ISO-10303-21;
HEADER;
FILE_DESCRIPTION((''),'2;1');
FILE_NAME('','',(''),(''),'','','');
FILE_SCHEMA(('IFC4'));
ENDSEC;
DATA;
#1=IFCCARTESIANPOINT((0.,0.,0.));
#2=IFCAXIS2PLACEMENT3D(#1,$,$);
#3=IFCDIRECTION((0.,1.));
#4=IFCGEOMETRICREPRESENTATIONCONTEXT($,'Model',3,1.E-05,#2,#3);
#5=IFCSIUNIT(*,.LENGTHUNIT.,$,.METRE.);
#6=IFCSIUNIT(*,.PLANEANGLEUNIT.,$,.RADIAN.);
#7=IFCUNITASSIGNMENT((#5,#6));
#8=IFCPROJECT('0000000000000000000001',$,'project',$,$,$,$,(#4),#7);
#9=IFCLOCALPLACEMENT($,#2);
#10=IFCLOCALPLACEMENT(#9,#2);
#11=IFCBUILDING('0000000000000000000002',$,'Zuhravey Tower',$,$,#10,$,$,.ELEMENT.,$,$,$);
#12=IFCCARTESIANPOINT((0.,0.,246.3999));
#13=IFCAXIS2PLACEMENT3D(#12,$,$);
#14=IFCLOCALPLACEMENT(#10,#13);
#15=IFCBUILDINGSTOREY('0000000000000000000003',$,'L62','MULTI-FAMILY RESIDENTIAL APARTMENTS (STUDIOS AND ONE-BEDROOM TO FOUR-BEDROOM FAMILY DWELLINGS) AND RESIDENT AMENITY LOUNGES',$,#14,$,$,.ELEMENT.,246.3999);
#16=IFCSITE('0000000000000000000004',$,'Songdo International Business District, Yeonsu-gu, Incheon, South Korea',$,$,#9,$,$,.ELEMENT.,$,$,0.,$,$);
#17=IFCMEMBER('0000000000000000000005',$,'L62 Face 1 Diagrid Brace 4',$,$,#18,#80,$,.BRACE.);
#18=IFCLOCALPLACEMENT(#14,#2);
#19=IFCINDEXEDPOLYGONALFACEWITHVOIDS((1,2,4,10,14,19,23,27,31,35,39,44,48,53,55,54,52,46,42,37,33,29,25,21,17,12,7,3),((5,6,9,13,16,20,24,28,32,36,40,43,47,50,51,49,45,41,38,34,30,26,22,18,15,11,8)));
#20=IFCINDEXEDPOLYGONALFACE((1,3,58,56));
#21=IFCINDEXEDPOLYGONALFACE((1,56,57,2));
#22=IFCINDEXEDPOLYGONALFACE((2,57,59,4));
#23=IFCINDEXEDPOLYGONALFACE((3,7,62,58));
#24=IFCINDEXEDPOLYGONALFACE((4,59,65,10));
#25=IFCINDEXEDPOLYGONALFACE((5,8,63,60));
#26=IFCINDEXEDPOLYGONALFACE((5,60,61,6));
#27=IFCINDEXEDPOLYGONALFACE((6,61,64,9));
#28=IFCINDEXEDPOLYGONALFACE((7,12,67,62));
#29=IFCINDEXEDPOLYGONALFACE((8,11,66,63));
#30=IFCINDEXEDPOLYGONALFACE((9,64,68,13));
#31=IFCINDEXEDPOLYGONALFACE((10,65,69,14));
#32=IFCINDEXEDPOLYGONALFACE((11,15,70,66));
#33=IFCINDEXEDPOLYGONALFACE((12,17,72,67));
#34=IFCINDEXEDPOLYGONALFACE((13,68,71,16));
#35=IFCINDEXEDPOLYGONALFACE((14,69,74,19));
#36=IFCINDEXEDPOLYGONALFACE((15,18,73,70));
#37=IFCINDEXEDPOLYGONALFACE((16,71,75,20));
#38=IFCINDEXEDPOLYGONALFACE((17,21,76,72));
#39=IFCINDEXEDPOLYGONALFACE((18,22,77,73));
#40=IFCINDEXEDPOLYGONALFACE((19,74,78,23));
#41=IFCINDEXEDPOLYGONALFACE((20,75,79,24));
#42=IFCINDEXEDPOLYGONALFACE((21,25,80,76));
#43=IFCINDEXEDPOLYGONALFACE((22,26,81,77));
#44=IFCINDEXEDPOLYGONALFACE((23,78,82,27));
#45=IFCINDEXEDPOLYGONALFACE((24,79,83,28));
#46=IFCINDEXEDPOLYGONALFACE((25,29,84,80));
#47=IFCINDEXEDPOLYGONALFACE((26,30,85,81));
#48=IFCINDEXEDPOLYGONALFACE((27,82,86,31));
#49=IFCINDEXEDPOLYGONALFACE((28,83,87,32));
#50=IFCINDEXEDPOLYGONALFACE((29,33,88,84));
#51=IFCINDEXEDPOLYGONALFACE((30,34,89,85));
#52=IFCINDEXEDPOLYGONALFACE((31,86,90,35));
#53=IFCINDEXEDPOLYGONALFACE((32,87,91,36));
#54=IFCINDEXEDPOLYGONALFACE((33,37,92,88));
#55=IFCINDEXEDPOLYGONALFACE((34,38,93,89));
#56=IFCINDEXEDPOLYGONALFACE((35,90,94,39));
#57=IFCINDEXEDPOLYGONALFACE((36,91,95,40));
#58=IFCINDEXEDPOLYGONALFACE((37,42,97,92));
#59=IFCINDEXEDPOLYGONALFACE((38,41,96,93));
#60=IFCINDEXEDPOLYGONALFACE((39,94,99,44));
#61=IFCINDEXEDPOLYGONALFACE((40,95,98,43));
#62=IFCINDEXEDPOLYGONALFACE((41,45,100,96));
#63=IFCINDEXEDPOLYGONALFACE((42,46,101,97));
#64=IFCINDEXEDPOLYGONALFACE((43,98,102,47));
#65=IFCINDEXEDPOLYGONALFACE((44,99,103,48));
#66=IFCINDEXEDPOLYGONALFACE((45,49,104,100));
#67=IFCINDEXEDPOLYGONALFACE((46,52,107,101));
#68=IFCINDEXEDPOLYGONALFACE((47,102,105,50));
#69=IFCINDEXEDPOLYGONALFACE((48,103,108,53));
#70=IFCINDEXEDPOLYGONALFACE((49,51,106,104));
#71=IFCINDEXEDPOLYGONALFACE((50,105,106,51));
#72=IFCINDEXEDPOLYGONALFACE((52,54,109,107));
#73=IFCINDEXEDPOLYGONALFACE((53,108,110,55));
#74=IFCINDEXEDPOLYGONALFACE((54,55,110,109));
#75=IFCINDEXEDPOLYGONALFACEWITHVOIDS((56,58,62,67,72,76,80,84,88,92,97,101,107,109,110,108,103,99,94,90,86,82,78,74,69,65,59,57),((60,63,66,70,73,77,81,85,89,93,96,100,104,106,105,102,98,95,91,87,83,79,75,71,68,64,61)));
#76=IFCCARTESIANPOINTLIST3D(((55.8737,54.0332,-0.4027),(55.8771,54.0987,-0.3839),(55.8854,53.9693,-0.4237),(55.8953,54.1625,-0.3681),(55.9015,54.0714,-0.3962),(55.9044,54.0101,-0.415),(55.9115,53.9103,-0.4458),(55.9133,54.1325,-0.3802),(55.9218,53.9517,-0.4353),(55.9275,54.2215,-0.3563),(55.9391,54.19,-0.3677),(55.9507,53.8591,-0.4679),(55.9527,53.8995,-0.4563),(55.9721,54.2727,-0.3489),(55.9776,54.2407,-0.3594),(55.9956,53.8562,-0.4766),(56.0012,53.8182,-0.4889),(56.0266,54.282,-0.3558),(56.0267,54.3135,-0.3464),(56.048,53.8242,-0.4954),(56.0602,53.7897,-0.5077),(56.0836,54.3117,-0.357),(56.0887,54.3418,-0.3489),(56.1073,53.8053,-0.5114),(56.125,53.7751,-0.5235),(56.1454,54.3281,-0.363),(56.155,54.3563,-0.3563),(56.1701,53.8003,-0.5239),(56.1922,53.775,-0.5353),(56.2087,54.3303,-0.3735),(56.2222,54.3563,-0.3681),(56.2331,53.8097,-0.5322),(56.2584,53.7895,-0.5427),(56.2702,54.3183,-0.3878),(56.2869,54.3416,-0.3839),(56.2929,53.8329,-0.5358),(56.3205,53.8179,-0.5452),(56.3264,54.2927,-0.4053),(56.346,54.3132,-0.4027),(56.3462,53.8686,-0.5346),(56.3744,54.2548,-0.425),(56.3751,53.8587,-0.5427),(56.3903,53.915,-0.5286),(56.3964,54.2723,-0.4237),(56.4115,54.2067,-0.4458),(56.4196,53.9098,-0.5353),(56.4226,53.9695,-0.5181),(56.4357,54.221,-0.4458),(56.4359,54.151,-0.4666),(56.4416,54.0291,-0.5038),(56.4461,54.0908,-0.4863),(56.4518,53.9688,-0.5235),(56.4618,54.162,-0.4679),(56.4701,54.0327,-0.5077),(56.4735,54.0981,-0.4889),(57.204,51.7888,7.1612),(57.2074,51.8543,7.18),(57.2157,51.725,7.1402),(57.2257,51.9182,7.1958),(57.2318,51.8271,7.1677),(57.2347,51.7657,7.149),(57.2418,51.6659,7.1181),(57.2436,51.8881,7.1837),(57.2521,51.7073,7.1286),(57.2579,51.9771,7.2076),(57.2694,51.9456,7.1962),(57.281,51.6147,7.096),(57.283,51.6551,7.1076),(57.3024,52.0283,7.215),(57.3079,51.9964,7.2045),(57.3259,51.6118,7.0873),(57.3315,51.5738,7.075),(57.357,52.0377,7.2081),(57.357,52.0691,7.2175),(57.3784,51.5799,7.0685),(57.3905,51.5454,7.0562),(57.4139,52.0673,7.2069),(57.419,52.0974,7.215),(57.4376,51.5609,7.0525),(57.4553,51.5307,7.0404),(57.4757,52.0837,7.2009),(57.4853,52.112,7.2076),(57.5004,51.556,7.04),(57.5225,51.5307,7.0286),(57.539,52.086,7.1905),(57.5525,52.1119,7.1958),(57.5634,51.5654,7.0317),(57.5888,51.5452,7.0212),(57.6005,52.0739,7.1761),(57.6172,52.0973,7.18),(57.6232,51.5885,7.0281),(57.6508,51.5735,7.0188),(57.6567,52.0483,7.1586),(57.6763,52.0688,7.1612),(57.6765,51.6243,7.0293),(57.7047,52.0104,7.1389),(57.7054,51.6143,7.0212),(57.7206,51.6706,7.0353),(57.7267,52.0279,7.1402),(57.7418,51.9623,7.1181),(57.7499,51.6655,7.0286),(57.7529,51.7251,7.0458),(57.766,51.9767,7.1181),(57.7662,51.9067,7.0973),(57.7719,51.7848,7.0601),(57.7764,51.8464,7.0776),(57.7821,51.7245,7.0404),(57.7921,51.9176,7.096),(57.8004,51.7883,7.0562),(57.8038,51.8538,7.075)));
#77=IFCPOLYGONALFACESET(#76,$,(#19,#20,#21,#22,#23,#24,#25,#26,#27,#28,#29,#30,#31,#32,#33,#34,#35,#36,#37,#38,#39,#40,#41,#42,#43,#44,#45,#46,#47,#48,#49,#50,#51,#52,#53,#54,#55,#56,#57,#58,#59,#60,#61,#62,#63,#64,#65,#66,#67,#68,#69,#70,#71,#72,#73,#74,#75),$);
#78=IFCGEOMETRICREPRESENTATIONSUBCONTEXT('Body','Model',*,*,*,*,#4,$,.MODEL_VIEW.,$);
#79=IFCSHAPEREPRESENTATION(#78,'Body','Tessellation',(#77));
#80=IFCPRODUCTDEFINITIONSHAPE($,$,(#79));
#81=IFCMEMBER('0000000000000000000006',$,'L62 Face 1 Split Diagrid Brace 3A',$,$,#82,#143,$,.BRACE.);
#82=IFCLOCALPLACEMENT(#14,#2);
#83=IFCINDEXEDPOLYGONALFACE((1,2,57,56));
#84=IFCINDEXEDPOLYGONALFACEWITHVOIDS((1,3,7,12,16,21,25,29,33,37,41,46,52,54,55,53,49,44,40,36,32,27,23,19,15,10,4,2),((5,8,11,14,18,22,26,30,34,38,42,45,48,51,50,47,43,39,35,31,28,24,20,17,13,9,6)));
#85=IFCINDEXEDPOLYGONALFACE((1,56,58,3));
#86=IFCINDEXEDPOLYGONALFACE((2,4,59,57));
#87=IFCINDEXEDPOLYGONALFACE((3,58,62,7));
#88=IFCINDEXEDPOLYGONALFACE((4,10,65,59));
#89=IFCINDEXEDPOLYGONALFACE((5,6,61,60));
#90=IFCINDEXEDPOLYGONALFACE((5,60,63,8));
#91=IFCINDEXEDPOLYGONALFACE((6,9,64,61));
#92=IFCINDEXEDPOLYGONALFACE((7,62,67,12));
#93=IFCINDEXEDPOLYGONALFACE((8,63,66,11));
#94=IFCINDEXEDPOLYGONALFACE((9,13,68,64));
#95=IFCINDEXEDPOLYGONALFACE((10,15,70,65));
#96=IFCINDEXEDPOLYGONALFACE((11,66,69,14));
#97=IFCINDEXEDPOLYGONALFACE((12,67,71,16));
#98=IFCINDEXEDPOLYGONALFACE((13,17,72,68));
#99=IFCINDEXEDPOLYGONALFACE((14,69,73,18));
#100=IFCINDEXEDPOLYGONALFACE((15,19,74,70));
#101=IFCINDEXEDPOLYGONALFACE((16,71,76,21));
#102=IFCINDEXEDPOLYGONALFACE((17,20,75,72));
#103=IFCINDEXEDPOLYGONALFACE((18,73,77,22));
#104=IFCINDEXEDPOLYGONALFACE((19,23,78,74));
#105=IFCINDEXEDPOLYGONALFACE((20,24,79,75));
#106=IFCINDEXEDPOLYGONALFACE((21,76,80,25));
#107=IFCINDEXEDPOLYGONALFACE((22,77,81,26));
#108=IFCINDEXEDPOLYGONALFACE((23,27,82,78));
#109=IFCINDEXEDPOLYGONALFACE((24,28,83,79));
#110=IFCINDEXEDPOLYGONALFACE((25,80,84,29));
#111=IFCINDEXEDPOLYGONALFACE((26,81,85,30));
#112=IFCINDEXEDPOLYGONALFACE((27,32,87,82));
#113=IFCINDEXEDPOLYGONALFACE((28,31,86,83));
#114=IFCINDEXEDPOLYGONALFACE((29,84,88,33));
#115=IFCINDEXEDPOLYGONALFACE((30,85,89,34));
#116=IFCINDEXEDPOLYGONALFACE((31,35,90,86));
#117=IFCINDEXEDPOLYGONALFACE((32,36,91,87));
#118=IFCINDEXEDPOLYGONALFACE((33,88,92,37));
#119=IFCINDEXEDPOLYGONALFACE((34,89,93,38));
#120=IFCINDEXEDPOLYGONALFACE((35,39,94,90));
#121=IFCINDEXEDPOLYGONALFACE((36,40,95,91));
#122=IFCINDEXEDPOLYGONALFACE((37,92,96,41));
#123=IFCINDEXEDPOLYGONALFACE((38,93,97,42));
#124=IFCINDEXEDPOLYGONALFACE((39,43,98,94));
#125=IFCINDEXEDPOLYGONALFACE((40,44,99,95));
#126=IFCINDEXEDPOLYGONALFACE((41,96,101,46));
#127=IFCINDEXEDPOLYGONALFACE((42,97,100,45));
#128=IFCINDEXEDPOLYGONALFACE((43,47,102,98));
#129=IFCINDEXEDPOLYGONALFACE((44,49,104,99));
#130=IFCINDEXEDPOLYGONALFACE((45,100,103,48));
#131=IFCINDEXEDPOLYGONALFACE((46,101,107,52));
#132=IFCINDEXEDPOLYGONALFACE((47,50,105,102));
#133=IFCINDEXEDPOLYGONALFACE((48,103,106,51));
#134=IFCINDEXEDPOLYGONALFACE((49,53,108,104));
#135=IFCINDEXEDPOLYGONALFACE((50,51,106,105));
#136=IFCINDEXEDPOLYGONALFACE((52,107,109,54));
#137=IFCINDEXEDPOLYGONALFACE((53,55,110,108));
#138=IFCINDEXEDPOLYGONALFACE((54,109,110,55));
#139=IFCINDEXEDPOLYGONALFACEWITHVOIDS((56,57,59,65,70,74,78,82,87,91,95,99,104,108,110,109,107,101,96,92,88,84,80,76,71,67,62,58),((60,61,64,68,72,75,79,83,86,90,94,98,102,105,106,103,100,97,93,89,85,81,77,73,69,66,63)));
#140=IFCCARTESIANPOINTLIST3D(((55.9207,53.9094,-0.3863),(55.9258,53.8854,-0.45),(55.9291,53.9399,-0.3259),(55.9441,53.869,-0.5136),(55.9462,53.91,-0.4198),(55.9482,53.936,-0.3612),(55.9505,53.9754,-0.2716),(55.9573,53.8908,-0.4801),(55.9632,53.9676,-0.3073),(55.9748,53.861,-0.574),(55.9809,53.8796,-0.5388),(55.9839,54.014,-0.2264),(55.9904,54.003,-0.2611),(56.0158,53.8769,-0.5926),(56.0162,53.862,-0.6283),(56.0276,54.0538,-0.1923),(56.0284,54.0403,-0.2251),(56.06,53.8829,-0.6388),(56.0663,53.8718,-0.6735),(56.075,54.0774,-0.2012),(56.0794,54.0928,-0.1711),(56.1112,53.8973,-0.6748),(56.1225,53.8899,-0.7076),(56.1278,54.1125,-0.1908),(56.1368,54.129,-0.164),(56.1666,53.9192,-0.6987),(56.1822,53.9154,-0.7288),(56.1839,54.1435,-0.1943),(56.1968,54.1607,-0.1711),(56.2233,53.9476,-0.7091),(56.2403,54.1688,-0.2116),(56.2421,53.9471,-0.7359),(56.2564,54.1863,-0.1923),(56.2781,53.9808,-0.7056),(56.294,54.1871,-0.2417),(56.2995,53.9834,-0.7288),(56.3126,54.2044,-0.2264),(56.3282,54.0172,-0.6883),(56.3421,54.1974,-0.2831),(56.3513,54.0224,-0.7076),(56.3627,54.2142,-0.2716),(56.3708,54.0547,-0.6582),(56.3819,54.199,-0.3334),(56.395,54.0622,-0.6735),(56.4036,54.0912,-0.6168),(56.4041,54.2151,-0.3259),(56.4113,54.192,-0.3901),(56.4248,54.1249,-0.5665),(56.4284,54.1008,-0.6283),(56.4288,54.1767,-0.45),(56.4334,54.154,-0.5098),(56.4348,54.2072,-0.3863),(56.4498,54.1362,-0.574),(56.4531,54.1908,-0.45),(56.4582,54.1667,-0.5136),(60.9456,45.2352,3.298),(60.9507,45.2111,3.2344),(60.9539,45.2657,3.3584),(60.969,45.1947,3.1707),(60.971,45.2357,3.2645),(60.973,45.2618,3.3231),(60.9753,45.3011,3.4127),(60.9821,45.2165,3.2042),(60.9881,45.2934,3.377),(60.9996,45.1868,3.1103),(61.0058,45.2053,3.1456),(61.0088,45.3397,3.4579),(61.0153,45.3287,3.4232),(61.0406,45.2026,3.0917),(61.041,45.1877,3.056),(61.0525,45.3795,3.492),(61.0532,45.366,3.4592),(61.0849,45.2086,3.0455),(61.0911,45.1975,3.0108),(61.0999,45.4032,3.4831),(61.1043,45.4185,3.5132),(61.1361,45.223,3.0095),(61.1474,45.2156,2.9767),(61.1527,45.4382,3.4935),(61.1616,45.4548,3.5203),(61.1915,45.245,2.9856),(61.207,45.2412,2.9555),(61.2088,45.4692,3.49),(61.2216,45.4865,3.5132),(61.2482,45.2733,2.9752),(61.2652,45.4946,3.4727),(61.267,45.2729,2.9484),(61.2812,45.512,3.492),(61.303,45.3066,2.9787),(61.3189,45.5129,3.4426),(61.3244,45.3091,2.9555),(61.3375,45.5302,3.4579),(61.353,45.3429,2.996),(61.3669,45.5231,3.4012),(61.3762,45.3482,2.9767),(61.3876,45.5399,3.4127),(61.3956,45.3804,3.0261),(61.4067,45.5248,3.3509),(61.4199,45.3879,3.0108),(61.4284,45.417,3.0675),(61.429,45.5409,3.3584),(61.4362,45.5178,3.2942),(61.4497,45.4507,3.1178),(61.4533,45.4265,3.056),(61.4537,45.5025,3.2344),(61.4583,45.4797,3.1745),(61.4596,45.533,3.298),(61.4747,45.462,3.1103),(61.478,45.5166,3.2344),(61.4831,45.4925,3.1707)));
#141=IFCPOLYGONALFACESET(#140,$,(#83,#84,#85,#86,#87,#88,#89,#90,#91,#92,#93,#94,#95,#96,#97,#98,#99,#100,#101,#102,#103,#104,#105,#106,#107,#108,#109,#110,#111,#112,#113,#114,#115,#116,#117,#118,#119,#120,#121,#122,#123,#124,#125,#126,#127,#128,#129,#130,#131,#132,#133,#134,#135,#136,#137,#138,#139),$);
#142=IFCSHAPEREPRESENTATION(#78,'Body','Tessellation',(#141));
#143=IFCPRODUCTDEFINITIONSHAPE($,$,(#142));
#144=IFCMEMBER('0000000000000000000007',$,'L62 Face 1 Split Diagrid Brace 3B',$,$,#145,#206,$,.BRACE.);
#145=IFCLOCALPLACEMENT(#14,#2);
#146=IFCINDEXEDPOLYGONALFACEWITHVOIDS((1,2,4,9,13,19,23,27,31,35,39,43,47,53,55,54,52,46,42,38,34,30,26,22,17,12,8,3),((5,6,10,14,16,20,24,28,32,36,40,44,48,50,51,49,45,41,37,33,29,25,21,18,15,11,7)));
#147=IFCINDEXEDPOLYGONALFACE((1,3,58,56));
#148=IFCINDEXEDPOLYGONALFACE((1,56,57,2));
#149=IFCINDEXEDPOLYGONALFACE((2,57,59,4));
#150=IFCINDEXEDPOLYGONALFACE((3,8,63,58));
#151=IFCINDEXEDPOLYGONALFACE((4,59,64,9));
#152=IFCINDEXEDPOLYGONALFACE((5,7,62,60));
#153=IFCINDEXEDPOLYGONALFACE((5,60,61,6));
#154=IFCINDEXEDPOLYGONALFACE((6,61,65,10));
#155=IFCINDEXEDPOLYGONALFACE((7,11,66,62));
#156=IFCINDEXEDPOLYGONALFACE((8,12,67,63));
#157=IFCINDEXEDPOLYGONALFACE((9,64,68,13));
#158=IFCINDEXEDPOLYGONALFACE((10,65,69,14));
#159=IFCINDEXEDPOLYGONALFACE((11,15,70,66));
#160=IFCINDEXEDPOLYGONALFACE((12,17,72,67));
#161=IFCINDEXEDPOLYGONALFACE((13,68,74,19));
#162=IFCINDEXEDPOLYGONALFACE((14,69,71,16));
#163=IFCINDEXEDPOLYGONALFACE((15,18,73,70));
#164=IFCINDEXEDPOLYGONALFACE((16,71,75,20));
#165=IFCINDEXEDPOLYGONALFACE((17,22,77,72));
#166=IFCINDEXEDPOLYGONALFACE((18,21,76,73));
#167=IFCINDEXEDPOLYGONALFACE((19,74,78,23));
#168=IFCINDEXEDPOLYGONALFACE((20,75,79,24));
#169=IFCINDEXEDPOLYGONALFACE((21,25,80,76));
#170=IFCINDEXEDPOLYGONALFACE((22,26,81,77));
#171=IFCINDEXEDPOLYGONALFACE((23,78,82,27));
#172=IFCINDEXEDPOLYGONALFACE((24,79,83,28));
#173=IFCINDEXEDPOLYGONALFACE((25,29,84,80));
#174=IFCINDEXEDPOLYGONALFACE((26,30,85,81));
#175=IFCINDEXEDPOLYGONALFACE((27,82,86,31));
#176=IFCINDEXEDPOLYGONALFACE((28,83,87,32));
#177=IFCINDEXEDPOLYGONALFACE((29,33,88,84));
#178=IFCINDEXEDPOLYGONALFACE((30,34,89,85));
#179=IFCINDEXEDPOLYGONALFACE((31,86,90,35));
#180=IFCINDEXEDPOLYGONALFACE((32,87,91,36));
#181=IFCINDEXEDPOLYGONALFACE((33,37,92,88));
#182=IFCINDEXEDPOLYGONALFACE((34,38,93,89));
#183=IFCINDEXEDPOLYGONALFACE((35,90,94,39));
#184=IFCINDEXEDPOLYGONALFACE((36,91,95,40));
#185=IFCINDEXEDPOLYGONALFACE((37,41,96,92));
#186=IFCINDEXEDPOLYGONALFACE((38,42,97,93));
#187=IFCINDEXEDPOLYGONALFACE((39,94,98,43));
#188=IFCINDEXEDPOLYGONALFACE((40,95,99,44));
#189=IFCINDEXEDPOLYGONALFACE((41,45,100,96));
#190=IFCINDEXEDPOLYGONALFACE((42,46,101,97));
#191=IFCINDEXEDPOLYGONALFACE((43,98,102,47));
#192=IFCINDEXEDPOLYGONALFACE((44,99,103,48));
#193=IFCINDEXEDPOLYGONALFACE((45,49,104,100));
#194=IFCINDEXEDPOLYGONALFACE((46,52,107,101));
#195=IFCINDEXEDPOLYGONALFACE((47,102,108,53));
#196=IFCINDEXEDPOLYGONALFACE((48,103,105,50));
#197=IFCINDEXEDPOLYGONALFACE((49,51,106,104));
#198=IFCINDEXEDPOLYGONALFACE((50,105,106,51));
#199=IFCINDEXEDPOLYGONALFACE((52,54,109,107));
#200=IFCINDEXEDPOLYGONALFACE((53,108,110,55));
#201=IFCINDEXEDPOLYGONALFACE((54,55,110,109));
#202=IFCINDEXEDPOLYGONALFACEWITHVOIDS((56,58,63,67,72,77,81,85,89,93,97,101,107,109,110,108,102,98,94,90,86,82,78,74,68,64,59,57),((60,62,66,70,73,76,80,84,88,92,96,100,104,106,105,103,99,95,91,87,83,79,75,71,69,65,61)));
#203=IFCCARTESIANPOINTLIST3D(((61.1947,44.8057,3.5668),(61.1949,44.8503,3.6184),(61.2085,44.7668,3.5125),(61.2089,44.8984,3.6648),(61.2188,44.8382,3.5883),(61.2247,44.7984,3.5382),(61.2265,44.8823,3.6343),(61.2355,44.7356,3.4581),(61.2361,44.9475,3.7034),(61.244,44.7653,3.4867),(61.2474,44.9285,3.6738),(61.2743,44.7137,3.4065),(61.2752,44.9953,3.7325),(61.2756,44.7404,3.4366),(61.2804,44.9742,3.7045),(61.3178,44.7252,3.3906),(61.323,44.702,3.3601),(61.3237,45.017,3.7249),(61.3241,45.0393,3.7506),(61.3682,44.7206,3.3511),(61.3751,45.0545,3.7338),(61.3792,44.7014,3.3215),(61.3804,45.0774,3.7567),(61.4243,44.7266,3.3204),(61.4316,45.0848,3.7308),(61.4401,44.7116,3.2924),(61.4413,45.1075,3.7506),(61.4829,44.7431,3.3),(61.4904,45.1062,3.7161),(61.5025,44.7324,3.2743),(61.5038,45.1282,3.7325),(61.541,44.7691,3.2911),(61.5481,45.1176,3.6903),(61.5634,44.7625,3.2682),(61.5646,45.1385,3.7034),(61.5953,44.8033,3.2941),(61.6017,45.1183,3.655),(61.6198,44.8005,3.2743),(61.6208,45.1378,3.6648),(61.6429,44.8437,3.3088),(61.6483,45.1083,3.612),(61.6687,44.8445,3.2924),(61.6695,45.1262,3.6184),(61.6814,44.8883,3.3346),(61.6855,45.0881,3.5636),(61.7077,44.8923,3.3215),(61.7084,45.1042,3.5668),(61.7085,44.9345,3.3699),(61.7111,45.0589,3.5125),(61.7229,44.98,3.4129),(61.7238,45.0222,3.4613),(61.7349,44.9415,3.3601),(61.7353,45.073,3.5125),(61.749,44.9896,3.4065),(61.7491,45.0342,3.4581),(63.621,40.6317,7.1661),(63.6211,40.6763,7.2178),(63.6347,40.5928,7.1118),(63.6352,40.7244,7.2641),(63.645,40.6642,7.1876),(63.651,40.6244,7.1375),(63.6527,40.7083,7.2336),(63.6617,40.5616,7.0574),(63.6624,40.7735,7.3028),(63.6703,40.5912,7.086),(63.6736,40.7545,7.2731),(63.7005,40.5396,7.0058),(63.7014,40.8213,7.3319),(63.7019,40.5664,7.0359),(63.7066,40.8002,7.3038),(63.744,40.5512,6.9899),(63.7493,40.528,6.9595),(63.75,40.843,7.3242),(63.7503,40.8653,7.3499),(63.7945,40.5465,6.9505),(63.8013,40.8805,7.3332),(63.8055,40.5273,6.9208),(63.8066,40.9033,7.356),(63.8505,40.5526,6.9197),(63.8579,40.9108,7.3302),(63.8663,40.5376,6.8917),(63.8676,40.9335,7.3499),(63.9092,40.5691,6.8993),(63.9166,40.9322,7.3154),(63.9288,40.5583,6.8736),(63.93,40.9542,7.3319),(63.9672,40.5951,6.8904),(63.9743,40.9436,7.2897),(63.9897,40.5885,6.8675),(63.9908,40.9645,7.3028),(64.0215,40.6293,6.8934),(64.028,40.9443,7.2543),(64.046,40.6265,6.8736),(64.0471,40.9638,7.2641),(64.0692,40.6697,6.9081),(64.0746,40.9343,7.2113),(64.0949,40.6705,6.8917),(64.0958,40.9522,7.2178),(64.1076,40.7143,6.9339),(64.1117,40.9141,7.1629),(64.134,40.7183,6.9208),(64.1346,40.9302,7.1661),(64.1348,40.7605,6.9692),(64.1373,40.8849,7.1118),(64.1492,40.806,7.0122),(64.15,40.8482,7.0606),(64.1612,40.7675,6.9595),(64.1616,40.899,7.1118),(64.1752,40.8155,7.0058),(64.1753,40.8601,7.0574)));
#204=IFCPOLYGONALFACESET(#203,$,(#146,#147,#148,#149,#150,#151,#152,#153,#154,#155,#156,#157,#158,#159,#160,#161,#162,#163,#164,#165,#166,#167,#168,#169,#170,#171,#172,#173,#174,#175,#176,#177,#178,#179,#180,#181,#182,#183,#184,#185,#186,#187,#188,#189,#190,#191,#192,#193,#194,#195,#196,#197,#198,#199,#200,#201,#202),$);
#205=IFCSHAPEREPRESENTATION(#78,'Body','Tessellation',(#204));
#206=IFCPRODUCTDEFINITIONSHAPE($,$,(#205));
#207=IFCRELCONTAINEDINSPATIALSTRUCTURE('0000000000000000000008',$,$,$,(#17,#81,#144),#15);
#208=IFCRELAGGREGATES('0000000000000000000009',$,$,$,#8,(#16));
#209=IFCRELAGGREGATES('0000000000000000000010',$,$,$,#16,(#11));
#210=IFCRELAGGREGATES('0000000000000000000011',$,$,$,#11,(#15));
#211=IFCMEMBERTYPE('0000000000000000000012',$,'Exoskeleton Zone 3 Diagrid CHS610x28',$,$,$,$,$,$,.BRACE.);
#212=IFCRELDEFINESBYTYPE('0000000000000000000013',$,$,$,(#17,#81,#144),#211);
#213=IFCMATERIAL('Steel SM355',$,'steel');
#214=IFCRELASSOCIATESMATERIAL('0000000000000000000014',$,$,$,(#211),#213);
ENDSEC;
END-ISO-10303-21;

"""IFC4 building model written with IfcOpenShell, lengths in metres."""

from ifc_helpers import new_model, si_unit, direction, frame, origin, origin_2d, place, context, subcontext, project, spatial, hollow_circle, extrude, material, material_profile, profile_set, type_object, element, save


model = new_model("IFC4")

# Units and contexts
model_context = context("Model", 3, precision=1e-05, world=origin(), true_north=direction((0.0, 1.0)))
body_context = subcontext(model_context, "Body", "Model", "MODEL_VIEW")
ifc_project = project(units=[si_unit("LENGTHUNIT", "METRE"), si_unit("PLANEANGLEUNIT", "RADIAN")], contexts=[model_context])

# Site, building, storey
site_placement = place(None, origin())
site = spatial("IfcSite", under=ifc_project, at=site_placement, Name="Songdo International Business District, Yeonsu-gu, Incheon, South Korea", CompositionType="ELEMENT", RefElevation=0.0)
building_placement = place(site_placement, origin())
building = spatial("IfcBuilding", under=site, at=building_placement, Name="Zuhravey Tower", CompositionType="ELEMENT")
storey_placement = place(building_placement, frame((0.0, 0.0, 246.3999)))
storey = spatial("IfcBuildingStorey", under=building, at=storey_placement, Name="L62", Description="MULTI-FAMILY RESIDENTIAL APARTMENTS (STUDIOS AND ONE-BEDROOM TO FOUR-BEDROOM FAMILY DWELLINGS) AND RESIDENT AMENITY LOUNGES", CompositionType="ELEMENT", Elevation=246.3999)

# Members
ifc_material_1 = material(Name="Steel SM355", Category="steel")
ifc_material_profile_1 = material_profile(ifc_material_1, hollow_circle(Radius=0.3047, WallThickness=0.0281, at=origin_2d()), Name="CHS-609.6x28")
ifc_profile_set_1 = profile_set([ifc_material_profile_1], Name="Steel SM355")
member_type_1 = type_object("IfcMemberType", Name="Exoskeleton Zone 3 Diagrid CHS610x28", PredefinedType="BRACE", material=ifc_profile_set_1)
member_1_placement = place(storey_placement, frame((56.1736, 54.0657, -0.4458), z_axis=(0.166264, -0.280503, 0.945344), x_axis=(0.860238, 0.509892, 0.0)))
element("IfcMember", 1, at=member_1_placement, inside=storey, type_object=member_type_1, Name="L62 Face 1 Diagrid Brace 4", PredefinedType="BRACE", context=body_context, shape_type="SweptSolid", body=[
    extrude(hollow_circle(Radius=0.3047, WallThickness=0.0281, at=origin_2d()), origin(), (0.0, 0.0, 1.0), 8.0012),
])
member_2_placement = place(storey_placement, frame((56.1895, 54.0381, -0.45), z_axis=(0.470486, -0.812183, 0.344966), x_axis=(0.8653, 0.501255, 0.0)))
element("IfcMember", 2, at=member_2_placement, inside=storey, type_object=member_type_1, Name="L62 Face 1 Split Diagrid Brace 3A", PredefinedType="BRACE", context=body_context, shape_type="SweptSolid", body=[
    extrude(hollow_circle(Radius=0.3047, WallThickness=0.0281, at=origin_2d()), origin(), (0.0, 0.0, 1.0), 10.6802),
])
member_3_placement = place(storey_placement, frame((61.4719, 44.9199, 3.5125), z_axis=(0.402898, -0.693131, 0.597698), x_axis=(0.864554, 0.50254, 0.0)))
element("IfcMember", 3, at=member_3_placement, inside=storey, type_object=member_type_1, Name="L62 Face 1 Split Diagrid Brace 3B", PredefinedType="BRACE", context=body_context, shape_type="SweptSolid", body=[
    extrude(hollow_circle(Radius=0.3047, WallThickness=0.0281, at=origin_2d()), origin(), (0.0, 0.0, 1.0), 6.022),
])

save(model, "model.ifc")
